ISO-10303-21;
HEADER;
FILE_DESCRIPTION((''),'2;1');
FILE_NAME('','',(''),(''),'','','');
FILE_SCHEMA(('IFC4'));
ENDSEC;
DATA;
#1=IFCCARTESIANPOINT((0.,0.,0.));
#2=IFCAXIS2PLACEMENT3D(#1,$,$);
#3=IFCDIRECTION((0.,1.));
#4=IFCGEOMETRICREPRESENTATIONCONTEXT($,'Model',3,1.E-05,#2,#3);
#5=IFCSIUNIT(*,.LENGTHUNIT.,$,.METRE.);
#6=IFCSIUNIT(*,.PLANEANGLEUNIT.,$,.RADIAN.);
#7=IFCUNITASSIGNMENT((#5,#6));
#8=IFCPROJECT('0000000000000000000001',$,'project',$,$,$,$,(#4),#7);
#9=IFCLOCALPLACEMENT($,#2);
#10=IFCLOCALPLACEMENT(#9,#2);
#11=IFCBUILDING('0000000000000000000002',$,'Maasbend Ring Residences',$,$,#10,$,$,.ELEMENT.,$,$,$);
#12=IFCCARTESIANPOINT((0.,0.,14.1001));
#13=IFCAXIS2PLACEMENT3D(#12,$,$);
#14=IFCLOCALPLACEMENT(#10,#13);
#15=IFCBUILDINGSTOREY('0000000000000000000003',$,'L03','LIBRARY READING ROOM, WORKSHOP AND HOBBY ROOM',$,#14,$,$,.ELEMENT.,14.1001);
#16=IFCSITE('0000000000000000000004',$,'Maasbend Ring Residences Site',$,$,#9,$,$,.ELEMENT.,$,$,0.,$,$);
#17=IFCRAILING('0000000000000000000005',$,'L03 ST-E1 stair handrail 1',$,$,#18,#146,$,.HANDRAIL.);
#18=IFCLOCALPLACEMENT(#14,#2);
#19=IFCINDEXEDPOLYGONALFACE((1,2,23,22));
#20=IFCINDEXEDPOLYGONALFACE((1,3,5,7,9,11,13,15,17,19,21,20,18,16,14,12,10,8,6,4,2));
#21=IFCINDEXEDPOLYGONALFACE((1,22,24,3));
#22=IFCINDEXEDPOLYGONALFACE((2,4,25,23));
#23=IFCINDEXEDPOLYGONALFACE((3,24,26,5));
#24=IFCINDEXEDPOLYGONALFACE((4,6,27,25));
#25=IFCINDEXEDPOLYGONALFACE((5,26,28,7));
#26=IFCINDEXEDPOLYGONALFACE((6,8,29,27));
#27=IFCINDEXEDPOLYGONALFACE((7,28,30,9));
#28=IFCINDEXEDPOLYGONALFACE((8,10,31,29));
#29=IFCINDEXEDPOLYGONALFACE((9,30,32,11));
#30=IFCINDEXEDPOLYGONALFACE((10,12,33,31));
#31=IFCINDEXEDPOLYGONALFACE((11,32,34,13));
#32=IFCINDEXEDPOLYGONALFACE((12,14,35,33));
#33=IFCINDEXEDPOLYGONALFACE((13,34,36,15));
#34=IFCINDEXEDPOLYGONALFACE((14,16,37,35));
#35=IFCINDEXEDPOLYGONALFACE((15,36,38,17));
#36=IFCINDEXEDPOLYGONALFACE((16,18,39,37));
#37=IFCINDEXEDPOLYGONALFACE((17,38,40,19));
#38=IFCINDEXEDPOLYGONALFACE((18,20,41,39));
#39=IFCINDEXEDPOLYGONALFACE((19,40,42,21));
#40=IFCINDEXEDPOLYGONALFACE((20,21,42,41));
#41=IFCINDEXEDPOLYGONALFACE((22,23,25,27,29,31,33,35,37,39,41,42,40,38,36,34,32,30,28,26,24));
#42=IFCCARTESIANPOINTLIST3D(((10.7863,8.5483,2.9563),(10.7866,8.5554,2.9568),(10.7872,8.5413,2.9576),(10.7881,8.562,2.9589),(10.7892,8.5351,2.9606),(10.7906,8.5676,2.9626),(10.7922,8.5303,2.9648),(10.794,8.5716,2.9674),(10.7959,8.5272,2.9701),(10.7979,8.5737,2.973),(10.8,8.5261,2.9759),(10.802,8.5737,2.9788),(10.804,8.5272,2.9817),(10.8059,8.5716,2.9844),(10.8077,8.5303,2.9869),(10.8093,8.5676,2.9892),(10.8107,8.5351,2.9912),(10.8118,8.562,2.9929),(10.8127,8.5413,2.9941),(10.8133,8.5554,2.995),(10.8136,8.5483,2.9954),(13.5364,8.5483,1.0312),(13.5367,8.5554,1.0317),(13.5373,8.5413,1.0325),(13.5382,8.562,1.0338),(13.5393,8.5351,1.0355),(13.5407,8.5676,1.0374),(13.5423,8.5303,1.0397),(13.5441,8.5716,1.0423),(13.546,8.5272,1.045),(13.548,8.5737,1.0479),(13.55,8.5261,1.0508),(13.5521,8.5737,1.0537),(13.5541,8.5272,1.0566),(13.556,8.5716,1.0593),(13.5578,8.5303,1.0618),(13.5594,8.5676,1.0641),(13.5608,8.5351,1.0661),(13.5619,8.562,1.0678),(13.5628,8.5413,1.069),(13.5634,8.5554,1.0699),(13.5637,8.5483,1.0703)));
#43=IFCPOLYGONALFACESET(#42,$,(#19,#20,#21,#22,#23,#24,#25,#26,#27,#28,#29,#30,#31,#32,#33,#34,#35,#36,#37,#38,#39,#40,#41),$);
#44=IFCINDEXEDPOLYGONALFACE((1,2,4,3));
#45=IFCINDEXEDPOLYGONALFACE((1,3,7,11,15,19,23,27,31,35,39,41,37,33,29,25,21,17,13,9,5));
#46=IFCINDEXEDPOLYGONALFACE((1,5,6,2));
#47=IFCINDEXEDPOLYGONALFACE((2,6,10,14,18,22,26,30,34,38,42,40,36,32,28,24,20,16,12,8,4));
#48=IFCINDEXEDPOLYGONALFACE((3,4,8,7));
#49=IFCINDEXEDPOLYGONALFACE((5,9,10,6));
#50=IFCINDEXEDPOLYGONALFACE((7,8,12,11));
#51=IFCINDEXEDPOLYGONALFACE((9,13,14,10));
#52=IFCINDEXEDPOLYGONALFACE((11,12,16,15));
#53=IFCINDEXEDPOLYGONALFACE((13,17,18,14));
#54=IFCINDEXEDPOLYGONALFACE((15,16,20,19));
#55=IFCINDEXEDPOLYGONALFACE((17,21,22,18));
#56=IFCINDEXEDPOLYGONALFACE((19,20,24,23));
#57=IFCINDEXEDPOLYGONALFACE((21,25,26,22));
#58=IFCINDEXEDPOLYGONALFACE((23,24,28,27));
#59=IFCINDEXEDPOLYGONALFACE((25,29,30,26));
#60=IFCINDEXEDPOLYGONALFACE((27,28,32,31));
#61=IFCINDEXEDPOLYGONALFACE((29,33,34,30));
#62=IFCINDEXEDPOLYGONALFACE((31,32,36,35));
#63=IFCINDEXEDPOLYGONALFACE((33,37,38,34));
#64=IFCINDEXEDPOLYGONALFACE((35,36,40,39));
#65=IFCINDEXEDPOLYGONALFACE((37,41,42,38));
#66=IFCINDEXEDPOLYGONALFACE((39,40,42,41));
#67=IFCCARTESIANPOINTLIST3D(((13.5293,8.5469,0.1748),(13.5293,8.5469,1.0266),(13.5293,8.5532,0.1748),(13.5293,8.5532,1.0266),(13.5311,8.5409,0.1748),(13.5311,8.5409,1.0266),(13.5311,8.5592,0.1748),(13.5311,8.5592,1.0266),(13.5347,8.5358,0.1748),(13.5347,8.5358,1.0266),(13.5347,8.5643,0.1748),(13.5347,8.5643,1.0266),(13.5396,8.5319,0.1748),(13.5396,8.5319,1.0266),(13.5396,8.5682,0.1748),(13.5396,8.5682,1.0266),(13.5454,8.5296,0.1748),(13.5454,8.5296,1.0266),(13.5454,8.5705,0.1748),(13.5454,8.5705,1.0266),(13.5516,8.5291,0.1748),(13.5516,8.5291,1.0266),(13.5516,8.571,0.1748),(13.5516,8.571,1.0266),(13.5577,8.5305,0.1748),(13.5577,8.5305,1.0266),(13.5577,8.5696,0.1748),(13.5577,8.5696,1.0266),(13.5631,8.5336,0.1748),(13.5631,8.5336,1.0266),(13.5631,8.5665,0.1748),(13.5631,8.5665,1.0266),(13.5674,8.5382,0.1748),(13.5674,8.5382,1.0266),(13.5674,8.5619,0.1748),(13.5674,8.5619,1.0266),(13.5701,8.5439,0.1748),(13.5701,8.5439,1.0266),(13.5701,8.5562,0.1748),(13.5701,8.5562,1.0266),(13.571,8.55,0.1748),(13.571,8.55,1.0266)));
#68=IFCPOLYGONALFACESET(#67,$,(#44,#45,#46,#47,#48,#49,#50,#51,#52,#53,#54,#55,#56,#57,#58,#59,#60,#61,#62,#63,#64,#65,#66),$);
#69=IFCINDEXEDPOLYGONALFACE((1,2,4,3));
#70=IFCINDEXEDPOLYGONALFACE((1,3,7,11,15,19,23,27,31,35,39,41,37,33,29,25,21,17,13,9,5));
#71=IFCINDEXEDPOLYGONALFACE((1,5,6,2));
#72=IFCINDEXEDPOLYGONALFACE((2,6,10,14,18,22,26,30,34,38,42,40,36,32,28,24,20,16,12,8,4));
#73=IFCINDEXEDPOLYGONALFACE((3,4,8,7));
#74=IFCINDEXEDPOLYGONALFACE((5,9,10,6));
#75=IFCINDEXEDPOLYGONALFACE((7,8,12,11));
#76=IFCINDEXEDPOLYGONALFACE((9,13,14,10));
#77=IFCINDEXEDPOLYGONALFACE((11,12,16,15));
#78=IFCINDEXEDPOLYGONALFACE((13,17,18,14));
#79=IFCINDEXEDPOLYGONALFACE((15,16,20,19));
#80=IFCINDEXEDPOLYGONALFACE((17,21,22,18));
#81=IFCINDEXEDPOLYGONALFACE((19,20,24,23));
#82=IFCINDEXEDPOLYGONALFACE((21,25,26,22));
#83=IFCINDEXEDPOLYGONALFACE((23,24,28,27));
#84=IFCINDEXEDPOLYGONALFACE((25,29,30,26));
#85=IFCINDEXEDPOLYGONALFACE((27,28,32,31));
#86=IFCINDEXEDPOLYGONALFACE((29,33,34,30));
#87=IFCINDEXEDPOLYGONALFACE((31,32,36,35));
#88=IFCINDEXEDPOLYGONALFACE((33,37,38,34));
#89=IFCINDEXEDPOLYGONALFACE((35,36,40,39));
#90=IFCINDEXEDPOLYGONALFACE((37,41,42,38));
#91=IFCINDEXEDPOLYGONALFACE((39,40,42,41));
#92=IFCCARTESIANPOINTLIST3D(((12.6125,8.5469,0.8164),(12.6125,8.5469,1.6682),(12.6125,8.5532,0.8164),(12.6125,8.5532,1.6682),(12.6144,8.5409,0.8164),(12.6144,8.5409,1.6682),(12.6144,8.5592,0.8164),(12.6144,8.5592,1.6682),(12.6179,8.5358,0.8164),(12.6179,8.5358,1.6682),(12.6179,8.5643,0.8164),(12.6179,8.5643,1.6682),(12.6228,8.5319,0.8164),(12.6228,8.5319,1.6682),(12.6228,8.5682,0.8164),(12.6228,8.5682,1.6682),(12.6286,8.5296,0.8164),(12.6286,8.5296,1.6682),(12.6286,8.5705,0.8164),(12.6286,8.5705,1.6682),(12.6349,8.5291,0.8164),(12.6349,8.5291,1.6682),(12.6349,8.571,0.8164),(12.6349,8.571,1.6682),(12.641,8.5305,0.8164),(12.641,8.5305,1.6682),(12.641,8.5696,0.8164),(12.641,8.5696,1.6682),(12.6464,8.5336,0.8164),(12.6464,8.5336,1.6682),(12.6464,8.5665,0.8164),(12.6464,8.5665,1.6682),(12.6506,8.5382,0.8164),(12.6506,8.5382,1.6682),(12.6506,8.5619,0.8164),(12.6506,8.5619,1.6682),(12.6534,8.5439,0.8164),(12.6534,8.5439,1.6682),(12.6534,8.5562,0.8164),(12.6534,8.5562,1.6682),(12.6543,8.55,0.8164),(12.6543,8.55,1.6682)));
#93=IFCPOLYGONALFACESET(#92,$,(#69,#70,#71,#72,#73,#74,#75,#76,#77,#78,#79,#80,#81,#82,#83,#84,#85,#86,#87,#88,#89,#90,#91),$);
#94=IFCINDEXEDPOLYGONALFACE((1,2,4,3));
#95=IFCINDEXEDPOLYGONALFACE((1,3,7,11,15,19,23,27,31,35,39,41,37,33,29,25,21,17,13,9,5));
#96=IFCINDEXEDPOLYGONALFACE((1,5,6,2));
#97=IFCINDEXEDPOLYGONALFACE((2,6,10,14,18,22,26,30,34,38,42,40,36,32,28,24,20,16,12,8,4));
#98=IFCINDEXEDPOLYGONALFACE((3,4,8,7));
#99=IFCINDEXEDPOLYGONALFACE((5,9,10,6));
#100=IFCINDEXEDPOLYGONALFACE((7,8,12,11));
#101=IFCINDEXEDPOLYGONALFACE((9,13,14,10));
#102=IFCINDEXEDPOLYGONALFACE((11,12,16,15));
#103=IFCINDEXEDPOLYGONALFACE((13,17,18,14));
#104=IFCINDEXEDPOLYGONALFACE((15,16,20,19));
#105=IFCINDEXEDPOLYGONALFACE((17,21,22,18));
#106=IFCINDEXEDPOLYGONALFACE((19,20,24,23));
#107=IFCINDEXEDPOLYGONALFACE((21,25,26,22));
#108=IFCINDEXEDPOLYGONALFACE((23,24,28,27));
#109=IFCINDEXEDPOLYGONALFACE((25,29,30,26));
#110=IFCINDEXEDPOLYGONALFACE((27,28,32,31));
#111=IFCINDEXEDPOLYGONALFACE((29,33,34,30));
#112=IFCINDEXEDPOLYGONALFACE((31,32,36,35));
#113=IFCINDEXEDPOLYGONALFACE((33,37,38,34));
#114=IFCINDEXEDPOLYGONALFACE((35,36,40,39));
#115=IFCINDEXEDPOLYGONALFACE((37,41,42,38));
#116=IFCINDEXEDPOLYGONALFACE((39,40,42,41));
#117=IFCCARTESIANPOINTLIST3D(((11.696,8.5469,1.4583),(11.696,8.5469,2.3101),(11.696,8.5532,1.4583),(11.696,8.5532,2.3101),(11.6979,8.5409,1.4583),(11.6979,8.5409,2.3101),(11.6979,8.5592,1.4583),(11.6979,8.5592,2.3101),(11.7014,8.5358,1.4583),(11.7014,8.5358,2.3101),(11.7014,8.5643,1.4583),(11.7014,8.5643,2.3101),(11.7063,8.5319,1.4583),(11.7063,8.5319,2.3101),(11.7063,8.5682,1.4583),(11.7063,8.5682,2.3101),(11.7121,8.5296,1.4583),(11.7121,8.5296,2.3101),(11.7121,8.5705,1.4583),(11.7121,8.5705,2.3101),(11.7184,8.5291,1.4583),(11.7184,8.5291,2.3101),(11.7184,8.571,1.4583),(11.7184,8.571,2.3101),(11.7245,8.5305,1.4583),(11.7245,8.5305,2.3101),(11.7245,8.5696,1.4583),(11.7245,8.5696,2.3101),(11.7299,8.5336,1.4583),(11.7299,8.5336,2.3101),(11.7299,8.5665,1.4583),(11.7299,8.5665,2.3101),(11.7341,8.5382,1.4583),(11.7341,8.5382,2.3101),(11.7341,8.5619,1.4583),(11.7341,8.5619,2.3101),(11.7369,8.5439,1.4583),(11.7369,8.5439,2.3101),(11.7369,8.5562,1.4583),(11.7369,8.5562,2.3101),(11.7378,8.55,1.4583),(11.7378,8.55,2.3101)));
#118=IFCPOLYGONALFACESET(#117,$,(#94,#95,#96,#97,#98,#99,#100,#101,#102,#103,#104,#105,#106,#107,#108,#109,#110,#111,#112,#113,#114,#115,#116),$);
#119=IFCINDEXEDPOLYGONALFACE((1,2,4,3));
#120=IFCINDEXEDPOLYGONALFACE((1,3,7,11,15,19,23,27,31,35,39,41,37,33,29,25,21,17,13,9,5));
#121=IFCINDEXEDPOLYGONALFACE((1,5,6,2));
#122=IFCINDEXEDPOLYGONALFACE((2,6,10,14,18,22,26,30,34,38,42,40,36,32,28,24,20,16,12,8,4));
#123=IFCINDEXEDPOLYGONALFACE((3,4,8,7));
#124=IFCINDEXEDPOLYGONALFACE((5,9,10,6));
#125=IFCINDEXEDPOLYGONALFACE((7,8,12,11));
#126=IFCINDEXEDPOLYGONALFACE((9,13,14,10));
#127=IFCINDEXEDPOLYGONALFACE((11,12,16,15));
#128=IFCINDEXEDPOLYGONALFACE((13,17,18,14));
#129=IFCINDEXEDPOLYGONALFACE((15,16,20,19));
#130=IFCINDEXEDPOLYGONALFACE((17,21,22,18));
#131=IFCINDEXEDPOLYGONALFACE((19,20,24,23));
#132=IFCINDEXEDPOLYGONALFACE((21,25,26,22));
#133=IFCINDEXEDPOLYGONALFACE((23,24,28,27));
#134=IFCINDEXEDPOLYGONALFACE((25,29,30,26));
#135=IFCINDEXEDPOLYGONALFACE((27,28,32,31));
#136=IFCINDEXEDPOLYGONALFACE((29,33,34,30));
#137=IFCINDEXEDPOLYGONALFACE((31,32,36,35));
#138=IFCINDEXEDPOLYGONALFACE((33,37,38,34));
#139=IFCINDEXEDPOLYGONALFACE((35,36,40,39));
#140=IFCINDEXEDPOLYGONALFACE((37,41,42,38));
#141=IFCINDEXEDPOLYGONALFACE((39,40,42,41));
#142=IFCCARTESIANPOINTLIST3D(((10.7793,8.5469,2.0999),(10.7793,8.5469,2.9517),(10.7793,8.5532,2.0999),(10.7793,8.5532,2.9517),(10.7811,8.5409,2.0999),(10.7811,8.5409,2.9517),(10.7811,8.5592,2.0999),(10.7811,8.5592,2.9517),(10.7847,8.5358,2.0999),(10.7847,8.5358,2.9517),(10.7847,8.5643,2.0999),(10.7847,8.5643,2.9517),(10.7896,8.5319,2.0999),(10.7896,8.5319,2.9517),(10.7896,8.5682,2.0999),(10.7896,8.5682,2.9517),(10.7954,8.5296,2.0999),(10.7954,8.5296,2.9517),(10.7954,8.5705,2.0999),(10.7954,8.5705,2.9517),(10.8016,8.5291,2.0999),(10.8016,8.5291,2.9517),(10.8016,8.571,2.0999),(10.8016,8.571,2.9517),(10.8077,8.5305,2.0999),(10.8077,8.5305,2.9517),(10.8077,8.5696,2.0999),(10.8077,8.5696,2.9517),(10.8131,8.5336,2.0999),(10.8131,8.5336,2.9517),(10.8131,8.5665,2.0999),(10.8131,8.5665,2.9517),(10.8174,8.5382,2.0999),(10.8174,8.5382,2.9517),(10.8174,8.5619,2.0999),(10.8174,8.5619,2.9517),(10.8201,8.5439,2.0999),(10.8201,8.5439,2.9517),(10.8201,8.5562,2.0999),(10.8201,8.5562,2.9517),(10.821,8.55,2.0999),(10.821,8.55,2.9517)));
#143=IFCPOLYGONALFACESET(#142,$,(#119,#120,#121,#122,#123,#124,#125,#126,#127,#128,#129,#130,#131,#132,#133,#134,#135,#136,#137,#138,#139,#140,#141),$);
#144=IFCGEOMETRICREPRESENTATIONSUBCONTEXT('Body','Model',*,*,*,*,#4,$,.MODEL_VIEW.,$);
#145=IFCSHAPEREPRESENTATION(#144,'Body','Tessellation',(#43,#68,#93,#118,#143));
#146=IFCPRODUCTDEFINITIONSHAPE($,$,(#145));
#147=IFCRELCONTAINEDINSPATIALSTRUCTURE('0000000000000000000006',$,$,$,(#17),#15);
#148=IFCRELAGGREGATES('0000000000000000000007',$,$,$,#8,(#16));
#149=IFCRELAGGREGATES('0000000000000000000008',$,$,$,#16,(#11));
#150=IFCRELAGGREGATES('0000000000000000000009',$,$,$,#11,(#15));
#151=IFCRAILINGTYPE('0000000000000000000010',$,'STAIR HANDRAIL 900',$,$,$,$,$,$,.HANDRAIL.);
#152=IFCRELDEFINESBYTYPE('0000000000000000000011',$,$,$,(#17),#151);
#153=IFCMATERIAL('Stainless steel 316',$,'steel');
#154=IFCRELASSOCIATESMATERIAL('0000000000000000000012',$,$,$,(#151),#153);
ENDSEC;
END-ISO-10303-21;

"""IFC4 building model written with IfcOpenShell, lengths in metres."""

from ifc_helpers import new_model, si_unit, direction, frame, origin, origin_2d, place, context, subcontext, project, spatial, circle, extrude, material, type_object, element, save


model = new_model("IFC4")

# Units and contexts
model_context = context("Model", 3, precision=1e-05, world=origin(), true_north=direction((0.0, 1.0)))
body_context = subcontext(model_context, "Body", "Model", "MODEL_VIEW")
ifc_project = project(units=[si_unit("LENGTHUNIT", "METRE"), si_unit("PLANEANGLEUNIT", "RADIAN")], contexts=[model_context])

# Site, building, storey
site_placement = place(None, origin())
site = spatial("IfcSite", under=ifc_project, at=site_placement, Name="Maasbend Ring Residences Site", CompositionType="ELEMENT", RefElevation=0.0)
building_placement = place(site_placement, origin())
building = spatial("IfcBuilding", under=site, at=building_placement, Name="Maasbend Ring Residences", CompositionType="ELEMENT")
storey_placement = place(building_placement, frame((0.0, 0.0, 14.1001)))
storey = spatial("IfcBuildingStorey", under=building, at=storey_placement, Name="L03", Description="LIBRARY READING ROOM, WORKSHOP AND HOBBY ROOM", CompositionType="ELEMENT", Elevation=14.1001)

# Railing
ifc_material_1 = material(Name="Stainless steel 316", Category="steel")
railing_type_1 = type_object("IfcRailingType", Name="STAIR HANDRAIL 900", PredefinedType="HANDRAIL", material=ifc_material_1)
railing_1_placement = place(storey_placement, frame((13.55, 8.55, 0.1748)))
element("IfcRailing", 1, at=railing_1_placement, inside=storey, type_object=railing_type_1, Name="L03 ST-E1 stair handrail 1", PredefinedType="HANDRAIL", context=body_context, shape_type="SweptSolid", body=[
    extrude(circle(Radius=0.0239, at=origin_2d()), frame((0.0, 0.0, 0.876), z_axis=(-0.819225, 0.0, 0.573472), x_axis=(0.0, -1.0, 0.0)), (0.0, 0.0, 1.0), 3.3569),
    extrude(circle(Radius=0.021, at=origin_2d()), origin(), (0.0, 0.0, 1.0), 0.8518),
    extrude(circle(Radius=0.021, at=origin_2d()), frame((-0.9167, 0.0, 0.6416)), (0.0, 0.0, 1.0), 0.8518),
    extrude(circle(Radius=0.021, at=origin_2d()), frame((-1.8333, 0.0, 1.2834)), (0.0, 0.0, 1.0), 0.8518),
    extrude(circle(Radius=0.021, at=origin_2d()), frame((-2.75, 0.0, 1.925)), (0.0, 0.0, 1.0), 0.8518),
])

save(model, "model.ifc")
